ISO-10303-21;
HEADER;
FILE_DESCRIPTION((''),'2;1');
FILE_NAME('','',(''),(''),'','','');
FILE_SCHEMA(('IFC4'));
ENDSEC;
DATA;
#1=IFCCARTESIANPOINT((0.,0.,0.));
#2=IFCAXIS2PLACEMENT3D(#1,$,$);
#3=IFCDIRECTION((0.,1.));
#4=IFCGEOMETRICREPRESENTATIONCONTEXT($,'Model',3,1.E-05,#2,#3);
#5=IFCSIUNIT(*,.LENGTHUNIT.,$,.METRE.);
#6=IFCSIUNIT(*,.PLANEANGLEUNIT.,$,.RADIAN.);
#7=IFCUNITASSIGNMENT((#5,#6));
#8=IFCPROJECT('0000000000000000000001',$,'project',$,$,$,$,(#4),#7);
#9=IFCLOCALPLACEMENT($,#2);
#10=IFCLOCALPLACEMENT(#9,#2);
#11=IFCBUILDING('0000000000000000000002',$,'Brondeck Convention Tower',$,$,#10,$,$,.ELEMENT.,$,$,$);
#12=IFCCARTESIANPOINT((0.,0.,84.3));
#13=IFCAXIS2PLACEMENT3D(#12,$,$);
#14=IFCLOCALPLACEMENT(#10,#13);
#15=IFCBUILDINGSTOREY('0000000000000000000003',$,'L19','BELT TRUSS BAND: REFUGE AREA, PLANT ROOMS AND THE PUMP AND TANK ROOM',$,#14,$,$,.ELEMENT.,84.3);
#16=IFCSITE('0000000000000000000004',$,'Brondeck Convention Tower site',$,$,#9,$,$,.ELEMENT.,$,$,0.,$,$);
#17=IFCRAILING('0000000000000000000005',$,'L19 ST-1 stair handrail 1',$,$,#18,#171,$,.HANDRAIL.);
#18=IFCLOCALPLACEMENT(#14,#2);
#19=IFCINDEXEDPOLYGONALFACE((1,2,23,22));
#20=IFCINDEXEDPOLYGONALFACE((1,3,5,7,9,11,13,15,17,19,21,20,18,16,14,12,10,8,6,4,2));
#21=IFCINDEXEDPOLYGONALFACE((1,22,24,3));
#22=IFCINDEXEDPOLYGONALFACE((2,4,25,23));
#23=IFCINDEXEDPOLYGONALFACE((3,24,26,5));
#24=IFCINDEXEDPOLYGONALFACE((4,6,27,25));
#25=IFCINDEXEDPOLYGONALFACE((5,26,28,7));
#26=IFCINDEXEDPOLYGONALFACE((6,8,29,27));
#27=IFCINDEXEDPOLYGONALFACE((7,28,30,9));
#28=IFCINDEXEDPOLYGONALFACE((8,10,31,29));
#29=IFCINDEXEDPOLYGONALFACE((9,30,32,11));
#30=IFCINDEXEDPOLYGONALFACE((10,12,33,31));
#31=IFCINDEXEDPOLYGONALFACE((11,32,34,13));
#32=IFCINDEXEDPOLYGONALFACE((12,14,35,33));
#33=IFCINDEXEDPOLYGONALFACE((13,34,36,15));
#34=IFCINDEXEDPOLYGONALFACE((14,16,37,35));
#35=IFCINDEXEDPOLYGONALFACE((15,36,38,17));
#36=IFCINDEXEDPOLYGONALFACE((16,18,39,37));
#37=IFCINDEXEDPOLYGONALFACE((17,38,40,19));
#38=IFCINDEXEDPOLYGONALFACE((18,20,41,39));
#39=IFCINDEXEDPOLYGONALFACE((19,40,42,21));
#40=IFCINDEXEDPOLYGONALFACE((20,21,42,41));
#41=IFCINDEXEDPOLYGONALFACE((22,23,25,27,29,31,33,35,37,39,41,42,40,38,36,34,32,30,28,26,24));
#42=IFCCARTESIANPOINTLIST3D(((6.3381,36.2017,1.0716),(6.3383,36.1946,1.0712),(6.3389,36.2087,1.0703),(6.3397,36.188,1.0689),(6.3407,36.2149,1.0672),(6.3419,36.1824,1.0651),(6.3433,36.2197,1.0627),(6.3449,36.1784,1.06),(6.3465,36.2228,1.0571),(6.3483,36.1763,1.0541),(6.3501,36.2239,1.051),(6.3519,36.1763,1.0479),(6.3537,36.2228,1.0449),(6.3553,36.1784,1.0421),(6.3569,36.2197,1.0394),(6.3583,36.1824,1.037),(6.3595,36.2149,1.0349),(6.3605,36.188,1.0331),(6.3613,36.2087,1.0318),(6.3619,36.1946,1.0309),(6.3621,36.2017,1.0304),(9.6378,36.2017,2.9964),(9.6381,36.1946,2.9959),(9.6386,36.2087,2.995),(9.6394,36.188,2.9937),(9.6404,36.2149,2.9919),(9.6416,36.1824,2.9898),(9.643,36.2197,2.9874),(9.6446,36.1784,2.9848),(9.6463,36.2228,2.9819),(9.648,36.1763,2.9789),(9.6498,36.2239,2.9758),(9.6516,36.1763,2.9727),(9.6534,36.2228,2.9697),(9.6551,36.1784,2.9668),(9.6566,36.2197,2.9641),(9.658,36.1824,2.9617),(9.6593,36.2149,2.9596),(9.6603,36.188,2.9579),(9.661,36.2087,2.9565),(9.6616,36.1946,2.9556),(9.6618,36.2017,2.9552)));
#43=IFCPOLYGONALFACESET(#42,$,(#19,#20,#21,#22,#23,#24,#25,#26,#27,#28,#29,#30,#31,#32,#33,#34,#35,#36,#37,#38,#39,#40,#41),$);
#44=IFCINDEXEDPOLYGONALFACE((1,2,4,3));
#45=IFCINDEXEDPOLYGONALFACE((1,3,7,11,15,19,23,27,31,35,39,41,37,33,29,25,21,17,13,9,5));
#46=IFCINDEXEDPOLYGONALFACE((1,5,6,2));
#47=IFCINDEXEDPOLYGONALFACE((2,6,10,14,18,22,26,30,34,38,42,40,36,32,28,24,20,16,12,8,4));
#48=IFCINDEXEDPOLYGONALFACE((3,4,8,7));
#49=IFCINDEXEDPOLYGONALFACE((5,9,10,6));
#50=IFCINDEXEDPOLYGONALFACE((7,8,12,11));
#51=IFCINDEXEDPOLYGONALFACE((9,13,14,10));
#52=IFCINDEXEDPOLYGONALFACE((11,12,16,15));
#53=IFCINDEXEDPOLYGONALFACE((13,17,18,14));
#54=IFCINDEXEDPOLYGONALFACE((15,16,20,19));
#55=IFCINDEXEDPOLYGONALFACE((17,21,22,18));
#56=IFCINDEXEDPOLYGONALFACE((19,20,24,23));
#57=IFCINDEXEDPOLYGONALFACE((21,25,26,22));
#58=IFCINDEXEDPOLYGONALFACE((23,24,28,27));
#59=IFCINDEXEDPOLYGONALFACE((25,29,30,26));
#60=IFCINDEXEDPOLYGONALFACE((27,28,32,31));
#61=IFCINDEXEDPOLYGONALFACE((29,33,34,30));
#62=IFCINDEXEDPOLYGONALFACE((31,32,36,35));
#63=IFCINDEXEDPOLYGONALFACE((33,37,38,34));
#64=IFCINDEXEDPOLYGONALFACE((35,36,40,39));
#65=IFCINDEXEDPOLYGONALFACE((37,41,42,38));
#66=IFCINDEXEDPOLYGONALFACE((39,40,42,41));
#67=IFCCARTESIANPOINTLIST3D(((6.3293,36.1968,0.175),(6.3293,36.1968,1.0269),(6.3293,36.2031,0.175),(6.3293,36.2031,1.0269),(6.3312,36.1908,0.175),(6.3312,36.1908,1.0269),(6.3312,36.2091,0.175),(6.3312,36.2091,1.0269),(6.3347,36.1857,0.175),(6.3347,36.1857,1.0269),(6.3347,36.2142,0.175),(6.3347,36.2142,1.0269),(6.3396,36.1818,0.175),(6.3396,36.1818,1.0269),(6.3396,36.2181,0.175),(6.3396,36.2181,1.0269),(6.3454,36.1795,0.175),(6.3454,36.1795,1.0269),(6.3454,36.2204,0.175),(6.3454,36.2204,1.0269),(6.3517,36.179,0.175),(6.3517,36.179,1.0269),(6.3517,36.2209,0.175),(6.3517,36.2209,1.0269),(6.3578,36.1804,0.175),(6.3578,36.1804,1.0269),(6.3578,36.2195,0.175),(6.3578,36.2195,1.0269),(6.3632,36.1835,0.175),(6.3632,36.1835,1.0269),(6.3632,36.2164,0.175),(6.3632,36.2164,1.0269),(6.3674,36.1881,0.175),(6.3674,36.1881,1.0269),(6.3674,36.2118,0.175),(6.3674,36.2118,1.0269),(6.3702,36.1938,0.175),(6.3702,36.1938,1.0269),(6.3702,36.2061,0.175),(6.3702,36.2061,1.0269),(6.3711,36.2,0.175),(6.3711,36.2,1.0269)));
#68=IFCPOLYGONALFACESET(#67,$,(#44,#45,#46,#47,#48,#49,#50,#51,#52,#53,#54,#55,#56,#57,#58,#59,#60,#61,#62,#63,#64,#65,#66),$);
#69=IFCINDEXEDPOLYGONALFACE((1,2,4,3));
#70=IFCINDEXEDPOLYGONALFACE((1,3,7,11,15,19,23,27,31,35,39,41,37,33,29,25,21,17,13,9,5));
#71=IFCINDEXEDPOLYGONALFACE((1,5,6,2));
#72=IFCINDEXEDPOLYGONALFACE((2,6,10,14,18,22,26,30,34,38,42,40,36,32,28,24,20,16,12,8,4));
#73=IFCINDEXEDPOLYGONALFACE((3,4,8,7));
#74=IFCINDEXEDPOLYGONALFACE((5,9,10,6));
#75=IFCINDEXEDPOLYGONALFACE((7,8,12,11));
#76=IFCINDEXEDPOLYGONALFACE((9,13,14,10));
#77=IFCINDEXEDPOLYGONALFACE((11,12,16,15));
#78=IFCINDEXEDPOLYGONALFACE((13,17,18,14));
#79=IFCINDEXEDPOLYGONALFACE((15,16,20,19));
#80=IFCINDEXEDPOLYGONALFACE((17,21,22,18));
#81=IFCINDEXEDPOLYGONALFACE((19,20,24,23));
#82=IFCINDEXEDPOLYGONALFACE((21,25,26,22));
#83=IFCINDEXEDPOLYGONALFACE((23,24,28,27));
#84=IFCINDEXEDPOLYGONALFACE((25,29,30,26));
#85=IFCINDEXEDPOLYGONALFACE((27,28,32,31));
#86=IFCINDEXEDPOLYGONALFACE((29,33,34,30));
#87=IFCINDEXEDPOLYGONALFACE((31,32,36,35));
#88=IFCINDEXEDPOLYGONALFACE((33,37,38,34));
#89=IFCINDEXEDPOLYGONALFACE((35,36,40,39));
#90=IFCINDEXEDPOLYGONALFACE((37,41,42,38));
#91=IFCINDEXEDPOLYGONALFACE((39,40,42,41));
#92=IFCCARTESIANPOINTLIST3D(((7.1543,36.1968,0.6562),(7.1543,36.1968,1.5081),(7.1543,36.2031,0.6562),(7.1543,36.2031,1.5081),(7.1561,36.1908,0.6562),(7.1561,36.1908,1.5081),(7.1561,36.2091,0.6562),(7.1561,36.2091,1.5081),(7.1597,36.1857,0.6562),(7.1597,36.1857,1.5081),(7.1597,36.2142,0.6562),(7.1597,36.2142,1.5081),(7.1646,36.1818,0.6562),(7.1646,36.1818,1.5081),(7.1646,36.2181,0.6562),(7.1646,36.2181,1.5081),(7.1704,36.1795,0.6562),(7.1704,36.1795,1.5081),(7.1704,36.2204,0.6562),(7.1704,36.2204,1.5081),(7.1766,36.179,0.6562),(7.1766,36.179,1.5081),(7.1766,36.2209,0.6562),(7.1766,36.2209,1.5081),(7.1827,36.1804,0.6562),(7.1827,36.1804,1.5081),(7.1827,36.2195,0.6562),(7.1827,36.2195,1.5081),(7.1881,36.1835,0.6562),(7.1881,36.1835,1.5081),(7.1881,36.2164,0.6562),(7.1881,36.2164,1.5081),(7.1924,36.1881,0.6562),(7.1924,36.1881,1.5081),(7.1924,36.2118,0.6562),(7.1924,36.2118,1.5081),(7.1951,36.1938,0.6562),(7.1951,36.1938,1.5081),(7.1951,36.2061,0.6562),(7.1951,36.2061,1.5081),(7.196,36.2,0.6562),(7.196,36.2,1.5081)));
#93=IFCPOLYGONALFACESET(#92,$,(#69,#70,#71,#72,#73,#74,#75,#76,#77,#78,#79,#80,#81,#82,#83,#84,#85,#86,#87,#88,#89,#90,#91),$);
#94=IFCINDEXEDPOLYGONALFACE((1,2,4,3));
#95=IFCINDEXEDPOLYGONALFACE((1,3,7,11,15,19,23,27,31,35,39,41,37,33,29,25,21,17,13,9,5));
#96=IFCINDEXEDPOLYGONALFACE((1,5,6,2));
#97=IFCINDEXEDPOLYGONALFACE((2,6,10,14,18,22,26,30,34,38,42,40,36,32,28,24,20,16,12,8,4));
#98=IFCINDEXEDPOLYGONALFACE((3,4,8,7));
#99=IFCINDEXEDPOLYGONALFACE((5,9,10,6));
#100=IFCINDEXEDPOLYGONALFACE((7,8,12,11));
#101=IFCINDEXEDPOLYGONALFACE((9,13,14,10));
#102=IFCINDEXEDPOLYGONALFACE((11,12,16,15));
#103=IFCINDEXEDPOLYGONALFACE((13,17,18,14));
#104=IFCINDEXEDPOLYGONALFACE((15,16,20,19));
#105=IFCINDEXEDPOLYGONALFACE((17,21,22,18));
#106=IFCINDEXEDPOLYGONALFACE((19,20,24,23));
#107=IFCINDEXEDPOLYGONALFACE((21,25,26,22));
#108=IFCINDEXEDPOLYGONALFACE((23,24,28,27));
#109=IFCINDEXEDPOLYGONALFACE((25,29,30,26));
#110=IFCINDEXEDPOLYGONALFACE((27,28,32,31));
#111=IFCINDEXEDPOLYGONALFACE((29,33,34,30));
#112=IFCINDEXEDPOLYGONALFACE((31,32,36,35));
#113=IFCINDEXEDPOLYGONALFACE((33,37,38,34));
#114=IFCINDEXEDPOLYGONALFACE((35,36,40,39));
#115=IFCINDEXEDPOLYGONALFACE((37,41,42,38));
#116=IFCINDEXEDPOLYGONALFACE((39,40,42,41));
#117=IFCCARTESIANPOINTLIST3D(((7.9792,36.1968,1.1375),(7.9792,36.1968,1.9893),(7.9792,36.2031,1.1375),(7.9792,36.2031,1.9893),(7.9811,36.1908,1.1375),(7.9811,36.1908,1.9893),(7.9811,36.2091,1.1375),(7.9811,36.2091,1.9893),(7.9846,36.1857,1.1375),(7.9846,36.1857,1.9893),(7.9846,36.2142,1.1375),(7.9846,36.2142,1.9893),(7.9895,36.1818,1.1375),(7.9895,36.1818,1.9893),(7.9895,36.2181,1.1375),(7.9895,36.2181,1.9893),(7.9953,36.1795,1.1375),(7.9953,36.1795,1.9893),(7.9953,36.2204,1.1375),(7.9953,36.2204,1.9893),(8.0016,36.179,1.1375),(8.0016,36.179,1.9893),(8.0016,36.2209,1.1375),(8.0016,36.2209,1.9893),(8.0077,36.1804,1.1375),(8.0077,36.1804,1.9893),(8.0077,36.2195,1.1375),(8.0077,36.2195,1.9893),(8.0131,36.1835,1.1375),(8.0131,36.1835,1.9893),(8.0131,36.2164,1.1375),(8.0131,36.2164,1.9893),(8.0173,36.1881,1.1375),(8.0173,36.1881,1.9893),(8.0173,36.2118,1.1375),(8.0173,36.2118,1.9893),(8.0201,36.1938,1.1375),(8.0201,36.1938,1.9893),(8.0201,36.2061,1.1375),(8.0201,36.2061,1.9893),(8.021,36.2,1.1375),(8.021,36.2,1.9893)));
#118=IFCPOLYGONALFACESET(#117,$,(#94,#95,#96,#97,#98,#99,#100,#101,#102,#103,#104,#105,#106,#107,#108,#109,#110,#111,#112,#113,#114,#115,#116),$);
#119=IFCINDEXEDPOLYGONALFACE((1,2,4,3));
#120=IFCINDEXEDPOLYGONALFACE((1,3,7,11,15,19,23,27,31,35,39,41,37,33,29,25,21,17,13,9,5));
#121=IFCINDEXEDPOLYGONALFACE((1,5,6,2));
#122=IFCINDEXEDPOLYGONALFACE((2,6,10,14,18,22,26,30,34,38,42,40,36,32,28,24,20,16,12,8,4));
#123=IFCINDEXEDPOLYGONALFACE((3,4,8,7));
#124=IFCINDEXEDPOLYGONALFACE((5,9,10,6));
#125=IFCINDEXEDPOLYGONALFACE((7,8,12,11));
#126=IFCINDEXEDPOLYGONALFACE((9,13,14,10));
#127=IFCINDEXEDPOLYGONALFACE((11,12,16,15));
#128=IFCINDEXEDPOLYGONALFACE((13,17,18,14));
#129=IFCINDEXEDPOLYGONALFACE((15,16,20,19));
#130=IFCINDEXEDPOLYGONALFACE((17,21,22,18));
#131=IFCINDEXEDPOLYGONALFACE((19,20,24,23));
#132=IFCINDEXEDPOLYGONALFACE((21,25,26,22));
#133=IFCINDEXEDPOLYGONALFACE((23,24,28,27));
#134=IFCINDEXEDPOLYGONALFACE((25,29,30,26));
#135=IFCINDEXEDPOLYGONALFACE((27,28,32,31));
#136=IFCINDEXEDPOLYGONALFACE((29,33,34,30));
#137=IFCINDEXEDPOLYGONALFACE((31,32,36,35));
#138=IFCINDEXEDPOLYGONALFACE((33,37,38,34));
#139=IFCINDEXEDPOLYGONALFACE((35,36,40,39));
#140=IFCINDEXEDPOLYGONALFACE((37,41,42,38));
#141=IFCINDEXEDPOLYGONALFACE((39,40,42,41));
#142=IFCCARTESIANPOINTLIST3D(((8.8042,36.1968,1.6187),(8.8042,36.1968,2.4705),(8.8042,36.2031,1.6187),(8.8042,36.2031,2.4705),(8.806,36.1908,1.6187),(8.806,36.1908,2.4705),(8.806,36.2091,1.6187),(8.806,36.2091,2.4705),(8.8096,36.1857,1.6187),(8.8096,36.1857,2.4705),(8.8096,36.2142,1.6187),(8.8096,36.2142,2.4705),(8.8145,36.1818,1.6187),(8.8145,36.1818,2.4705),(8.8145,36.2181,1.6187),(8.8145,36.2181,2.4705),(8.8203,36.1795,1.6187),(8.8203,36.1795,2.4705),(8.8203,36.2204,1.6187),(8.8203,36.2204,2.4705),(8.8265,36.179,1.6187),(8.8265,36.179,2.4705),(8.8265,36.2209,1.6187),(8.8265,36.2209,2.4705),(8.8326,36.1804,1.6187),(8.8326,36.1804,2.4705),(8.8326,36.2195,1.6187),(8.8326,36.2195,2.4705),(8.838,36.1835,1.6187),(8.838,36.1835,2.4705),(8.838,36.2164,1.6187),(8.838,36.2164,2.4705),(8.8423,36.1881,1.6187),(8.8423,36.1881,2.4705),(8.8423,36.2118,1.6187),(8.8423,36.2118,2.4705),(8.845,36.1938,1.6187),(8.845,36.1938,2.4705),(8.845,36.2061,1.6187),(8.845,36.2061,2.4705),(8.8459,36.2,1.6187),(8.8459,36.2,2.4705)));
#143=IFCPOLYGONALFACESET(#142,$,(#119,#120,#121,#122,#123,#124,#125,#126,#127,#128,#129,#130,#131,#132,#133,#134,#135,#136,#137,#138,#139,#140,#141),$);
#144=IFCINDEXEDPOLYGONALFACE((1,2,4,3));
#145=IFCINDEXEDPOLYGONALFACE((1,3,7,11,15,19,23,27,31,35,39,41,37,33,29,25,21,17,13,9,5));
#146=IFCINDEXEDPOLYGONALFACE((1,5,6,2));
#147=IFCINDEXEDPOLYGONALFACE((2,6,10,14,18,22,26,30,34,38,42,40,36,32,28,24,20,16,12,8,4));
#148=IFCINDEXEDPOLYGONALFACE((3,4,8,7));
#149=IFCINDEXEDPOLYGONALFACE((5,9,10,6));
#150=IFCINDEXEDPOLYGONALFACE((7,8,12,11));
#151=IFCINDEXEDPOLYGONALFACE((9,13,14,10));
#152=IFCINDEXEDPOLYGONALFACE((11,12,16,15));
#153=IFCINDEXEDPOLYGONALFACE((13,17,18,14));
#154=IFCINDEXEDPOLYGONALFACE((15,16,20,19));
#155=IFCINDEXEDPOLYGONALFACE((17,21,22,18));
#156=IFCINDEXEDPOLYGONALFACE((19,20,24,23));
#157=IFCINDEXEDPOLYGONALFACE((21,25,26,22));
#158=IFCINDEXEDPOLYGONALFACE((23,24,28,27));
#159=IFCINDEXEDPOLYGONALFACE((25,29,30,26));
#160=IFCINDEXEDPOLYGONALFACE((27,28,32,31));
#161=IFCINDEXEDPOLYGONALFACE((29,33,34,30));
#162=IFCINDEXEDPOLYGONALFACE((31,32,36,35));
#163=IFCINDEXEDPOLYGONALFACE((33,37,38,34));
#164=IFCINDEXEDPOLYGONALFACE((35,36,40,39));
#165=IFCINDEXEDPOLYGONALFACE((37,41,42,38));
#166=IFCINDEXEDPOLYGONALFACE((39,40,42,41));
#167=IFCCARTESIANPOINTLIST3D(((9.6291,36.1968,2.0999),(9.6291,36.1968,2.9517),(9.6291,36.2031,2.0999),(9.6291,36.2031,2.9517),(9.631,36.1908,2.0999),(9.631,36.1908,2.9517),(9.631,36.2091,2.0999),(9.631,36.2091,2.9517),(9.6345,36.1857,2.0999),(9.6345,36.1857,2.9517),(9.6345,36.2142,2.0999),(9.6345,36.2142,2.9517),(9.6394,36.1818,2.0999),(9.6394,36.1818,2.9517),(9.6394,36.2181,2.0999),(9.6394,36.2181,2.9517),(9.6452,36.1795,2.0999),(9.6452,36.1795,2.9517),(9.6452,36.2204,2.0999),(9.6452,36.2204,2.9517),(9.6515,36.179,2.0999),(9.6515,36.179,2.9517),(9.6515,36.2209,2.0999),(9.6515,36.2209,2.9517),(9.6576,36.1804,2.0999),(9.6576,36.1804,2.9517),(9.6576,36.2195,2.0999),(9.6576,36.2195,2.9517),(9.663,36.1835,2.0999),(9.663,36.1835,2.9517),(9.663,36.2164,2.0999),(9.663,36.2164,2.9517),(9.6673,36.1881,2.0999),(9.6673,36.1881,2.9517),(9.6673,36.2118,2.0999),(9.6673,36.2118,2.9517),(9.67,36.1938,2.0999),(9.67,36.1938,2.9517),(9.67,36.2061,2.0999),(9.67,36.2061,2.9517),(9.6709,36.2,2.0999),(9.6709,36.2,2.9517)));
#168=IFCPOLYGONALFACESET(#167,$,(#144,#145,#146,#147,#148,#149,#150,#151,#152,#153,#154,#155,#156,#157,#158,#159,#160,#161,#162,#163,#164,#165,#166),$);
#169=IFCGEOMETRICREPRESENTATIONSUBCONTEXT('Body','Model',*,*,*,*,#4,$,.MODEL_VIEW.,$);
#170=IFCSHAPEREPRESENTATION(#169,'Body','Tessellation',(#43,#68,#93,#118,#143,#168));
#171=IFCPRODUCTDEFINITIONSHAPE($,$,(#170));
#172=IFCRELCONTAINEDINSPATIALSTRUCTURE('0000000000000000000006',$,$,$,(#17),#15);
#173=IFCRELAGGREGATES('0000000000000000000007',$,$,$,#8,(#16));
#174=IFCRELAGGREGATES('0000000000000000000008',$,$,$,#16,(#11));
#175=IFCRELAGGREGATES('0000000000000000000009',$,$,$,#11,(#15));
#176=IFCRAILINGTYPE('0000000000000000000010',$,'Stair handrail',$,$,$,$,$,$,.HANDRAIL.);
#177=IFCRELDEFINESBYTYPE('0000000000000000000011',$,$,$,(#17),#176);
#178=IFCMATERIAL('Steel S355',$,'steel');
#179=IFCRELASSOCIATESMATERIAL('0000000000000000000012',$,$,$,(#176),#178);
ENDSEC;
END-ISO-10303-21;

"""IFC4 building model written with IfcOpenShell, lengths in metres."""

from ifc_helpers import new_model, si_unit, direction, frame, origin, origin_2d, place, context, subcontext, project, spatial, circle, extrude, material, type_object, element, save


model = new_model("IFC4")

# Units and contexts
model_context = context("Model", 3, precision=1e-05, world=origin(), true_north=direction((0.0, 1.0)))
body_context = subcontext(model_context, "Body", "Model", "MODEL_VIEW")
ifc_project = project(units=[si_unit("LENGTHUNIT", "METRE"), si_unit("PLANEANGLEUNIT", "RADIAN")], contexts=[model_context])

# Site, building, storey
site_placement = place(None, origin())
site = spatial("IfcSite", under=ifc_project, at=site_placement, Name="Brondeck Convention Tower site", CompositionType="ELEMENT", RefElevation=0.0)
building_placement = place(site_placement, origin())
building = spatial("IfcBuilding", under=site, at=building_placement, Name="Brondeck Convention Tower", CompositionType="ELEMENT")
storey_placement = place(building_placement, frame((0.0, 0.0, 84.3)))
storey = spatial("IfcBuildingStorey", under=building, at=storey_placement, Name="L19", Description="BELT TRUSS BAND: REFUGE AREA, PLANT ROOMS AND THE PUMP AND TANK ROOM", CompositionType="ELEMENT", Elevation=84.3)

# Shared definitions
ifc_material_1 = material(Name="Steel S355", Category="steel")

# Railing
railing_type_1 = type_object("IfcRailingType", Name="Stair handrail", PredefinedType="HANDRAIL", material=ifc_material_1)
railing_1_placement = place(storey_placement, frame((6.3501, 36.2, 0.175)))
element("IfcRailing", 1, at=railing_1_placement, inside=storey, type_object=railing_type_1, Name="L19 ST-1 stair handrail 1", PredefinedType="HANDRAIL", context=body_context, shape_type="SweptSolid", body=[
    extrude(circle(Radius=0.0239, at=origin_2d()), frame((0.0, 0.0, 0.876), z_axis=(0.863788, 0.0, 0.503855), x_axis=(0.0, 1.0, 0.0)), (0.0, 0.0, 1.0), 3.8201),
    extrude(circle(Radius=0.021, at=origin_2d()), origin(), (0.0, 0.0, 1.0), 0.8518),
    extrude(circle(Radius=0.021, at=origin_2d()), frame((0.825, 0.0, 0.4812)), (0.0, 0.0, 1.0), 0.8518),
    extrude(circle(Radius=0.021, at=origin_2d()), frame((1.6499, 0.0, 0.9624)), (0.0, 0.0, 1.0), 0.8518),
    extrude(circle(Radius=0.021, at=origin_2d()), frame((2.4749, 0.0, 1.4436)), (0.0, 0.0, 1.0), 0.8518),
    extrude(circle(Radius=0.021, at=origin_2d()), frame((3.2998, 0.0, 1.9248)), (0.0, 0.0, 1.0), 0.8518),
])

save(model, "model.ifc")
